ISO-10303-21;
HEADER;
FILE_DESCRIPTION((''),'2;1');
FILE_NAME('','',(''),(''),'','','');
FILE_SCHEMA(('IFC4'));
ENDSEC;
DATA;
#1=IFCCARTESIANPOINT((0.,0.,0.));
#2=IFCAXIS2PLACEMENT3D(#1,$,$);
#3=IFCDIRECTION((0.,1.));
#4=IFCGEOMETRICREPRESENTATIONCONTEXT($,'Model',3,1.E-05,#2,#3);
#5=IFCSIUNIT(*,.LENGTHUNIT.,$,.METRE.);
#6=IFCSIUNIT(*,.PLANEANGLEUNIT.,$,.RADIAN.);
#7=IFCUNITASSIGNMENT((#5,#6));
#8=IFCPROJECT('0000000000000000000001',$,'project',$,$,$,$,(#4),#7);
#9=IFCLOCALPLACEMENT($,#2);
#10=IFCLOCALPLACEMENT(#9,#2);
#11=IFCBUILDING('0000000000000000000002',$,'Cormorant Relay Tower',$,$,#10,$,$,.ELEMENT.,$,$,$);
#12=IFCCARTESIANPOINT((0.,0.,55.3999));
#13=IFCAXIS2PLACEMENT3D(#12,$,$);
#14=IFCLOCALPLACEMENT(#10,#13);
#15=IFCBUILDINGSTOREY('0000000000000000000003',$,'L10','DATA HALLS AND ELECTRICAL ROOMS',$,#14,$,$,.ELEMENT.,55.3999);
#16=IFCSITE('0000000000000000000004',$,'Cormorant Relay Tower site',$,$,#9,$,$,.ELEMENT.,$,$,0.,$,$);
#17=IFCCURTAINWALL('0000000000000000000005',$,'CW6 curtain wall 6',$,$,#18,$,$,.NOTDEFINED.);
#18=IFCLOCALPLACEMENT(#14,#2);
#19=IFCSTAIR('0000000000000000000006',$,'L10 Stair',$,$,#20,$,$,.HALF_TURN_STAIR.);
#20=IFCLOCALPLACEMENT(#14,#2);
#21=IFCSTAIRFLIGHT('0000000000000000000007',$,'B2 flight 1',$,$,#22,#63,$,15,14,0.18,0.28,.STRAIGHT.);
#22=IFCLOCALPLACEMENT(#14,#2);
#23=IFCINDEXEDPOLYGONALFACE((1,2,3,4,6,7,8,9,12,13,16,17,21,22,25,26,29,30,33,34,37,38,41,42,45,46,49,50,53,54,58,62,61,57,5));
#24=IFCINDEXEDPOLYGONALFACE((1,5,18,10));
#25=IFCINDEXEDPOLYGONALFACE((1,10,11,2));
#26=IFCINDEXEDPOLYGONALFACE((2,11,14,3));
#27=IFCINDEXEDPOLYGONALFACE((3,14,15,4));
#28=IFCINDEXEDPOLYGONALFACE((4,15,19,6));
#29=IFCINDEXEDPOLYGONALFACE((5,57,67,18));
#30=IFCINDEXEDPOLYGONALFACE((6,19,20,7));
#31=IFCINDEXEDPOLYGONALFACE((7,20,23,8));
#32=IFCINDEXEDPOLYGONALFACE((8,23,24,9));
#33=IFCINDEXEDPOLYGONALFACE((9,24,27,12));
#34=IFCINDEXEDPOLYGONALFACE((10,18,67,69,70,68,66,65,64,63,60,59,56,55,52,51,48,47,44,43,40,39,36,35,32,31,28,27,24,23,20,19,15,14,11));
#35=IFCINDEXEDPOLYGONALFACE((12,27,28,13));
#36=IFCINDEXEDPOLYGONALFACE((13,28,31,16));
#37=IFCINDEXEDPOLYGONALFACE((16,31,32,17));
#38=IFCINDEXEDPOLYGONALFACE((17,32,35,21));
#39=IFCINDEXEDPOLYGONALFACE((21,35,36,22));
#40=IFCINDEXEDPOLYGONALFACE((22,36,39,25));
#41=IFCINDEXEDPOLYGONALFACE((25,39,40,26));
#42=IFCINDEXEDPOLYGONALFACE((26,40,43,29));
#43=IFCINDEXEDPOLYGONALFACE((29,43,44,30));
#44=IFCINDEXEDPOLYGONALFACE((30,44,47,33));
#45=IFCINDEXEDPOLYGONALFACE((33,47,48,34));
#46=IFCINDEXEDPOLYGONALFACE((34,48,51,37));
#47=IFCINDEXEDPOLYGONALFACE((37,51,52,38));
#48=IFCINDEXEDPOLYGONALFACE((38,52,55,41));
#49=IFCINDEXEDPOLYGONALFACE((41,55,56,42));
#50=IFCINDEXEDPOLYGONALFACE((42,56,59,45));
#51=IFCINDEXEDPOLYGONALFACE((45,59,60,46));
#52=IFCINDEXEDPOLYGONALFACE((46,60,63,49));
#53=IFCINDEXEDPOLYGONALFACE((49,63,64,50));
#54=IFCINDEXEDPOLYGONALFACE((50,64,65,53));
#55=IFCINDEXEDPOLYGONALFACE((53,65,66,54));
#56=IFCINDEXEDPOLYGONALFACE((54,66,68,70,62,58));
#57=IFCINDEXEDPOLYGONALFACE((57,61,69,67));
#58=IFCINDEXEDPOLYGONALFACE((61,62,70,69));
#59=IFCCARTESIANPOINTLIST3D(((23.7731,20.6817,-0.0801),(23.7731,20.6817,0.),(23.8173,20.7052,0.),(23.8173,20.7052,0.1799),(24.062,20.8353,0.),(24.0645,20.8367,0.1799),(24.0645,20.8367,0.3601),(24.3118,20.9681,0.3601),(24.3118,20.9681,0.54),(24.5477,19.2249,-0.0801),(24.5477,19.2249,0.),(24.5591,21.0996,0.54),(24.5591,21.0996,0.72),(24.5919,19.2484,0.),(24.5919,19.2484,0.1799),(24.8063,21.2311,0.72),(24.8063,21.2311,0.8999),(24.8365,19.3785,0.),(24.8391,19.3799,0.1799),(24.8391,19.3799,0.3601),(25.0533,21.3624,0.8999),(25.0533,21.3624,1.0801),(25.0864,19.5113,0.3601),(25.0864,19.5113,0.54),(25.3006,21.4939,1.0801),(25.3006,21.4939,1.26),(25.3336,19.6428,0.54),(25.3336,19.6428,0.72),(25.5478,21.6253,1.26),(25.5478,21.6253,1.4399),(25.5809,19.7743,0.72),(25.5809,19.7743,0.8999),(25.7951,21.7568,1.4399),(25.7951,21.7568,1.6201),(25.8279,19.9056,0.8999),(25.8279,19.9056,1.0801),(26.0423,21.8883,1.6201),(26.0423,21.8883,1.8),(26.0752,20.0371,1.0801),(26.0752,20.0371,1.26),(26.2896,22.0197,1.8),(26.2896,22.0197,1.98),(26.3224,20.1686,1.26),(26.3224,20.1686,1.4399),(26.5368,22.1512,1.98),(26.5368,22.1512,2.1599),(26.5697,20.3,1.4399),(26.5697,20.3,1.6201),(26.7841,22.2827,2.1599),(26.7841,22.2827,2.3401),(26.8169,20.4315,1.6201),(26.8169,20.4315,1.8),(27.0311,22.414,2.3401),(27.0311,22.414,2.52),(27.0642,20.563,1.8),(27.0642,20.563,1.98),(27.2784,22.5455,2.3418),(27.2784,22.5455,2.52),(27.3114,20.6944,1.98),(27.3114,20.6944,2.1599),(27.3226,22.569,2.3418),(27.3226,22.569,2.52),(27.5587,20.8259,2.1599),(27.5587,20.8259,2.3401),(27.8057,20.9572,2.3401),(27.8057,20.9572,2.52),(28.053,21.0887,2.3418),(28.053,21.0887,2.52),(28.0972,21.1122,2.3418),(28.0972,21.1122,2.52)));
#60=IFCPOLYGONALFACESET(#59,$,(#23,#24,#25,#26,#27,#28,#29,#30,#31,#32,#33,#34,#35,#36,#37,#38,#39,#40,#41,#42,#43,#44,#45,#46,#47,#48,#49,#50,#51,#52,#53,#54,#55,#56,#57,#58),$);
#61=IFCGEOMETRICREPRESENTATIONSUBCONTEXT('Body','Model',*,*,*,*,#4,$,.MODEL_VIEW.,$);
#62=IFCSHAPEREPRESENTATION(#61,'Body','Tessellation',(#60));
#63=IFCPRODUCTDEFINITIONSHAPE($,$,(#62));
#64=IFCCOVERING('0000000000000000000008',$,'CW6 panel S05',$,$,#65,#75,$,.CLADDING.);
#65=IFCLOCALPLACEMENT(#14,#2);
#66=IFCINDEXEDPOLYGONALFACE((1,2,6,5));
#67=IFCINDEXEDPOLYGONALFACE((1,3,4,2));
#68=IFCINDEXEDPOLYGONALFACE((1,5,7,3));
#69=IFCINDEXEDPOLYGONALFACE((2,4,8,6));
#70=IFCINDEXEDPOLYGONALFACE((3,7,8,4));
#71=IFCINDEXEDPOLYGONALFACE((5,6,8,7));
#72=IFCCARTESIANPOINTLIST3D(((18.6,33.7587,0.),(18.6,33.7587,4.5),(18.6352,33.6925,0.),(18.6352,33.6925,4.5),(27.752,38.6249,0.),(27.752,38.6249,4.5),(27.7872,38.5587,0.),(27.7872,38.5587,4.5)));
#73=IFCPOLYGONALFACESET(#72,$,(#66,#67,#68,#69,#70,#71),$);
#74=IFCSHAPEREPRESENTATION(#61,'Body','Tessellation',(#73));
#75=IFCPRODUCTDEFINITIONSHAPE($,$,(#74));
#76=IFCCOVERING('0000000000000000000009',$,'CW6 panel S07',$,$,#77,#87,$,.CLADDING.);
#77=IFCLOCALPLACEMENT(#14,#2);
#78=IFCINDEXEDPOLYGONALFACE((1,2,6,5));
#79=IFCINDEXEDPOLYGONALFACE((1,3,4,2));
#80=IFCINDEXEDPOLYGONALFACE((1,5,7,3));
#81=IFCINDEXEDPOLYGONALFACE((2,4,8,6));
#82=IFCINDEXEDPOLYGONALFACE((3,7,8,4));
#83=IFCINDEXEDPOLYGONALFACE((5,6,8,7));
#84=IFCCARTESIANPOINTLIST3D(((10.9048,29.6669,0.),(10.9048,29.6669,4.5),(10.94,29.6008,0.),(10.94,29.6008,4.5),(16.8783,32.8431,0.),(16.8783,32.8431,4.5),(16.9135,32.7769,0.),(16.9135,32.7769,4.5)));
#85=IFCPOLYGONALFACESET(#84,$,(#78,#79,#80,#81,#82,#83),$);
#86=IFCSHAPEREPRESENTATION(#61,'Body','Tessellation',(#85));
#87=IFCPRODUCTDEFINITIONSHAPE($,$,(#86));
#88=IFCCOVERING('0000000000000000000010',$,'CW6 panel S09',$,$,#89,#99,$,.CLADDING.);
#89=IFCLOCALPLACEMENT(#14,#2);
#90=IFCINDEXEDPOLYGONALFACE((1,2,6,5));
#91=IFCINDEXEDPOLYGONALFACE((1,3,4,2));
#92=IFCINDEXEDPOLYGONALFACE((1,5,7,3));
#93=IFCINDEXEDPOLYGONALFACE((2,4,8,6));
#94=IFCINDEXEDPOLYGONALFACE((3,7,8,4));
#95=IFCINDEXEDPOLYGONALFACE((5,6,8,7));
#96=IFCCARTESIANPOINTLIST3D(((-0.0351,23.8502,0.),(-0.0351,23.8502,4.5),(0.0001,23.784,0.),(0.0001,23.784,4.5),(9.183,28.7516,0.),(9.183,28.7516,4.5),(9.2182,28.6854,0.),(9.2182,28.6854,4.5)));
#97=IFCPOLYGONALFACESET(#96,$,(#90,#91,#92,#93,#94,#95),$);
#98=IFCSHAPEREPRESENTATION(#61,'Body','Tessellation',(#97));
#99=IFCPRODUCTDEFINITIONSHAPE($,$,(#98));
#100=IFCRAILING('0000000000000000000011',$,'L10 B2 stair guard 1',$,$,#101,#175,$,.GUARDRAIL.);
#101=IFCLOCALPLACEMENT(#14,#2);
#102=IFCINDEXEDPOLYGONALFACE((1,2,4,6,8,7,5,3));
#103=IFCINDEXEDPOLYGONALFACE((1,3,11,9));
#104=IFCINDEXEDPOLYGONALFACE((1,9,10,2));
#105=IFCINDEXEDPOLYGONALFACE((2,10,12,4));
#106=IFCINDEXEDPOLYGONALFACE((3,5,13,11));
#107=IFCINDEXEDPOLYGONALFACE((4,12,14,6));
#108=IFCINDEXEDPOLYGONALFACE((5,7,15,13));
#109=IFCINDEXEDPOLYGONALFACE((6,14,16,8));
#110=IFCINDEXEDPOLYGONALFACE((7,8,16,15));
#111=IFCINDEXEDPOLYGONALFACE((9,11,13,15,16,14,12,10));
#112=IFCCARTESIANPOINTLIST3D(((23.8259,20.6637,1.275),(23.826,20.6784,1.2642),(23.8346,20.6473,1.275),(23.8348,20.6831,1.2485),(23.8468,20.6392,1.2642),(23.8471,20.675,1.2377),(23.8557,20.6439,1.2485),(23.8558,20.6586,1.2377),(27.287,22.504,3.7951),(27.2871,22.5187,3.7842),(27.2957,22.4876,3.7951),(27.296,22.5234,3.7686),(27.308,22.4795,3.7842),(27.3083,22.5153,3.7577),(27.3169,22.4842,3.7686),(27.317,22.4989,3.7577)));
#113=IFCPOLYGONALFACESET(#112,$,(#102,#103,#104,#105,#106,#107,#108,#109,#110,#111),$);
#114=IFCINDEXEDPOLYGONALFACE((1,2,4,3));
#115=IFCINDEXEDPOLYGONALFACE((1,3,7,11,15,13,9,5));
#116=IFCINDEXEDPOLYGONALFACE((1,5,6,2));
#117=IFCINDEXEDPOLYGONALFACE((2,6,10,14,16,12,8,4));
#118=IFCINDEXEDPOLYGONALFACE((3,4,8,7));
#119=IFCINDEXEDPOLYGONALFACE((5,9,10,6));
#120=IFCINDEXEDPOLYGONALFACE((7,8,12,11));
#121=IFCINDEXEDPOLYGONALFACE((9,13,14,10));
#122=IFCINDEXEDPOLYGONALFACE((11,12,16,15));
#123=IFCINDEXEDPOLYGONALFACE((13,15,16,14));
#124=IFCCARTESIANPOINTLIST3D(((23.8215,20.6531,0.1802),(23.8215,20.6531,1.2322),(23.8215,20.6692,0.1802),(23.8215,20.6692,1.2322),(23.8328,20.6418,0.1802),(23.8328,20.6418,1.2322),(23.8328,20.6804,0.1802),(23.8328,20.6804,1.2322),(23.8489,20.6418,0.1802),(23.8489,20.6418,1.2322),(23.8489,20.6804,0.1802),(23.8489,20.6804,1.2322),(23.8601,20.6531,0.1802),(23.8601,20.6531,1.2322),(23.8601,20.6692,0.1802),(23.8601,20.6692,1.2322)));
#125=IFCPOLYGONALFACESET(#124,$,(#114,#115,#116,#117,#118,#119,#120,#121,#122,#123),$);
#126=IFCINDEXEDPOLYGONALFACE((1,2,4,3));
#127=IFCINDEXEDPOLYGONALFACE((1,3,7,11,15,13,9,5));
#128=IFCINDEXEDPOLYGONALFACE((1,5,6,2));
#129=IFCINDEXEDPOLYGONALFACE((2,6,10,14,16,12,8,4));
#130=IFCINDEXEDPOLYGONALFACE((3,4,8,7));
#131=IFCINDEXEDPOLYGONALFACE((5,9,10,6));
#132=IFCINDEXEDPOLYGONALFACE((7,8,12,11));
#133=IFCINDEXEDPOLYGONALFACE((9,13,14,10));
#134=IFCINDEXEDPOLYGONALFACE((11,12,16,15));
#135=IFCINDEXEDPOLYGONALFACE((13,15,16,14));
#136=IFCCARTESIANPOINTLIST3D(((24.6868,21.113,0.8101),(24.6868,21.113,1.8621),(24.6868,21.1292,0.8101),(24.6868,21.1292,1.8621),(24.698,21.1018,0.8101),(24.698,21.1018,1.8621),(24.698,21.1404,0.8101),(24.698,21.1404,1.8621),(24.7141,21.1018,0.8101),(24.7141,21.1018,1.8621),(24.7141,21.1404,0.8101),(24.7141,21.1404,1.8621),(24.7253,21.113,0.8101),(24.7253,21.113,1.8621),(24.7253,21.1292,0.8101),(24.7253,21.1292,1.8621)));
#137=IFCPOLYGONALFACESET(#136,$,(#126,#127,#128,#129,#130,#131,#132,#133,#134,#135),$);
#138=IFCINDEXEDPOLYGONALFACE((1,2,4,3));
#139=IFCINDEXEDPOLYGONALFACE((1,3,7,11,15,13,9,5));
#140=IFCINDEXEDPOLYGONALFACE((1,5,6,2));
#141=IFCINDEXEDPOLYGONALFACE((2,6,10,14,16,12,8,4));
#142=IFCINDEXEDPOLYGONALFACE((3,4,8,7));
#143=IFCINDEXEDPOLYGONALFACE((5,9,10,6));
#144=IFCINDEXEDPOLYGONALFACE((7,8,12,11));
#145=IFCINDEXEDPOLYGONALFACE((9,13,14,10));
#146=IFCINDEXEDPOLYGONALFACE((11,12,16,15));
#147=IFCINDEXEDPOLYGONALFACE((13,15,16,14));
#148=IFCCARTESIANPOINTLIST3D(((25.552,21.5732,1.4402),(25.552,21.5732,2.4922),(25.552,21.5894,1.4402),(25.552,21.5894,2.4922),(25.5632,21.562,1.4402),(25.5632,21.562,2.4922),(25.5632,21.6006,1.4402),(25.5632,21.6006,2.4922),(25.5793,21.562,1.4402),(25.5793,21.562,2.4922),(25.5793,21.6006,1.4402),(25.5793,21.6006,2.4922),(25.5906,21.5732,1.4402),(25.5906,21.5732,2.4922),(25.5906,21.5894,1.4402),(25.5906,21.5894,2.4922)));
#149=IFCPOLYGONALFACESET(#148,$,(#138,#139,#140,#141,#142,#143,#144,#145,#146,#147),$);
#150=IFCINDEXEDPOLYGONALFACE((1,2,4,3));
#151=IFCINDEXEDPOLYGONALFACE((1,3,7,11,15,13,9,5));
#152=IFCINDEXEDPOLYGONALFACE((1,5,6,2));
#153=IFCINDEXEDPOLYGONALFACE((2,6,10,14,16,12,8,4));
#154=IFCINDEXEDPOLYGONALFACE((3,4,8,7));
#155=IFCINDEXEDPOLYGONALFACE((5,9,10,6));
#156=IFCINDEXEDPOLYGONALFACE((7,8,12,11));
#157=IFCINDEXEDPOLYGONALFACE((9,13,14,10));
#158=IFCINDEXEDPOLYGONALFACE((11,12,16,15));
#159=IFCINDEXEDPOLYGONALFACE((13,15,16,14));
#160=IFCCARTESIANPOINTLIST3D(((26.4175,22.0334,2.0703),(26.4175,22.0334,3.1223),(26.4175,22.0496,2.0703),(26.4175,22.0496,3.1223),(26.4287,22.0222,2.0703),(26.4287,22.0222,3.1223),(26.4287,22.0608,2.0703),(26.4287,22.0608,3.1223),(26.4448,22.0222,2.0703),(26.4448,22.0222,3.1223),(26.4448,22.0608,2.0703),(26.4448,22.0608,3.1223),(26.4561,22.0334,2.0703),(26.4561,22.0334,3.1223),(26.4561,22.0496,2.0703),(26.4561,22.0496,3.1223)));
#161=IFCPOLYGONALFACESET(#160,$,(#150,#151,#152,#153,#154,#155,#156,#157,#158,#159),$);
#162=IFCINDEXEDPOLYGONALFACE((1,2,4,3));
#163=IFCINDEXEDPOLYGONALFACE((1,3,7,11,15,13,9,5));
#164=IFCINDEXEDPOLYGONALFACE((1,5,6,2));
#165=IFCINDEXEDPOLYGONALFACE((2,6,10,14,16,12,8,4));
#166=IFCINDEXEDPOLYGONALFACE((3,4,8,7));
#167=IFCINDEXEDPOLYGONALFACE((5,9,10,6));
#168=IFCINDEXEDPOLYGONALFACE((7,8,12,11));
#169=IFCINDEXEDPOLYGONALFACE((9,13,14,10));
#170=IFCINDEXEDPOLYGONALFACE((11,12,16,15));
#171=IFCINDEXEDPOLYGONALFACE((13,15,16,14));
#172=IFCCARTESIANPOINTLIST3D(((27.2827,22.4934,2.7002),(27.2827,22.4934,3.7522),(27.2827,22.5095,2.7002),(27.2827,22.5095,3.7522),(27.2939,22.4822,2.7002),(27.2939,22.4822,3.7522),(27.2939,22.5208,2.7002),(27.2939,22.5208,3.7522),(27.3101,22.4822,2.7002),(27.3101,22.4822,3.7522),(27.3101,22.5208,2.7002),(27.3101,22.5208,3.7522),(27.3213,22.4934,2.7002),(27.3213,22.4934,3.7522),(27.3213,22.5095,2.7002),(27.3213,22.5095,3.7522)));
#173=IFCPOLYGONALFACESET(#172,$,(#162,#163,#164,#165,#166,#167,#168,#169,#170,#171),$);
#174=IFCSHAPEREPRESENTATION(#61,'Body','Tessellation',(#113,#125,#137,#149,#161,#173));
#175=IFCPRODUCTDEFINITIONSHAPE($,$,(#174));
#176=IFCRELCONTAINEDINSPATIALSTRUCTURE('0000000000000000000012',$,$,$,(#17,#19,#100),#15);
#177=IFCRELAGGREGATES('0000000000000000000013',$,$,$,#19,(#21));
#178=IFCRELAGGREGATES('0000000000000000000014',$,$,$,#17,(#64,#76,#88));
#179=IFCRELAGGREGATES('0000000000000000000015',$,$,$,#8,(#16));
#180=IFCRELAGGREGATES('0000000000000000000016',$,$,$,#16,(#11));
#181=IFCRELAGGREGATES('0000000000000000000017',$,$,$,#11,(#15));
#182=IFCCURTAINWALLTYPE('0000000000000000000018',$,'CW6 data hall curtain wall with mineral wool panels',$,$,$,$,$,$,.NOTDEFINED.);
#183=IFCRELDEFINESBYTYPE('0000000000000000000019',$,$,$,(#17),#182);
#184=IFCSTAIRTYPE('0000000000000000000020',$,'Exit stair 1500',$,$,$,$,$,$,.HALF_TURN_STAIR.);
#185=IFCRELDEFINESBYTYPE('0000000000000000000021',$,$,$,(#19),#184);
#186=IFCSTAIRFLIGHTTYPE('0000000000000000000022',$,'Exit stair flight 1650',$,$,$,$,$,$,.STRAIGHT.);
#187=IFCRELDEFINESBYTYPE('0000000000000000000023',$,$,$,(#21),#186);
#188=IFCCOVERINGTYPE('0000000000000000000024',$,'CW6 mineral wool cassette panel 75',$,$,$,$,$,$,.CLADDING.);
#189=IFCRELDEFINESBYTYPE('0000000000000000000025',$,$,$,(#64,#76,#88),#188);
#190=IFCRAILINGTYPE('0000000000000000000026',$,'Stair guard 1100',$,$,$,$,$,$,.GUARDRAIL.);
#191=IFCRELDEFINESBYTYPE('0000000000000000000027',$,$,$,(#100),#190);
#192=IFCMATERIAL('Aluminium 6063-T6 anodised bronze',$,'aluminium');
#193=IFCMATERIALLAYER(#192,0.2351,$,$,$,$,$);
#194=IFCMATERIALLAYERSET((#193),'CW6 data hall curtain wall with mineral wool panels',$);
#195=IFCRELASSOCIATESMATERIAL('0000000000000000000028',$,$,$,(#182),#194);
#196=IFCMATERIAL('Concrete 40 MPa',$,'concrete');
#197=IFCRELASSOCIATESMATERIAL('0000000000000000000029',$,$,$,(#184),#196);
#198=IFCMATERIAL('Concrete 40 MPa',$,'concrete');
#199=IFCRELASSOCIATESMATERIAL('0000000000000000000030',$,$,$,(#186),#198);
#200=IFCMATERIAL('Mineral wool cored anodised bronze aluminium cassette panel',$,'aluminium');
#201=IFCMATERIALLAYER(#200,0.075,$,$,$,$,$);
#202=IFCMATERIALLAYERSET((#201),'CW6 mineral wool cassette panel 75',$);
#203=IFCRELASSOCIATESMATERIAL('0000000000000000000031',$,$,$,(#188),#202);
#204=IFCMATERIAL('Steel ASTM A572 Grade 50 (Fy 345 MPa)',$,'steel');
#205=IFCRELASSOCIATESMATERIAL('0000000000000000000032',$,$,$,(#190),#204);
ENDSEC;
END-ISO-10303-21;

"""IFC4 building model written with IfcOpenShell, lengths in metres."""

from ifc_helpers import new_model, si_unit, direction, frame, origin, origin_2d, place, context, subcontext, project, spatial, polyline, rectangle, outline, extrude, material, layer, layer_set, type_object, element, aggregate, save


model = new_model("IFC4")

# Units and contexts
model_context = context("Model", 3, precision=1e-05, world=origin(), true_north=direction((0.0, 1.0)))
body_context = subcontext(model_context, "Body", "Model", "MODEL_VIEW")
ifc_project = project(units=[si_unit("LENGTHUNIT", "METRE"), si_unit("PLANEANGLEUNIT", "RADIAN")], contexts=[model_context])

# Site, building, storey
site_placement = place(None, origin())
site = spatial("IfcSite", under=ifc_project, at=site_placement, Name="Cormorant Relay Tower site", CompositionType="ELEMENT", RefElevation=0.0)
building_placement = place(site_placement, origin())
building = spatial("IfcBuilding", under=site, at=building_placement, Name="Cormorant Relay Tower", CompositionType="ELEMENT")
storey_placement = place(building_placement, frame((0.0, 0.0, 55.3999)))
storey = spatial("IfcBuildingStorey", under=building, at=storey_placement, Name="L10", Description="DATA HALLS AND ELECTRICAL ROOMS", CompositionType="ELEMENT", Elevation=55.3999)

# Curtain wall
ifc_material_1 = material(Name="Aluminium 6063-T6 anodised bronze", Category="aluminium")
ifc_layer_1 = layer(ifc_material_1, 0.2351)
ifc_layer_set_1 = layer_set([ifc_layer_1], Name="CW6 data hall curtain wall with mineral wool panels")
curtain_wall_type = type_object("IfcCurtainWallType", Name="CW6 data hall curtain wall with mineral wool panels", PredefinedType="NOTDEFINED", material=ifc_layer_set_1)
curtain_wall_1_placement = place(storey_placement, origin())
curtain_wall_1 = element("IfcCurtainWall", 1, at=curtain_wall_1_placement, inside=storey, type_object=curtain_wall_type, Name="CW6 curtain wall 6", PredefinedType="NOTDEFINED")

# Stair, stair flight
ifc_material_2 = material(Name="Concrete 40 MPa", Category="concrete")
stair_type = type_object("IfcStairType", Name="Exit stair 1500", PredefinedType="HALF_TURN_STAIR", material=ifc_material_2)
stair_placement = place(storey_placement, origin())
stair = element("IfcStair", 2, at=stair_placement, inside=storey, type_object=stair_type, Name="L10 Stair", PredefinedType="HALF_TURN_STAIR")
ifc_material_3 = material(Name="Concrete 40 MPa", Category="concrete")
stair_flight_type = type_object("IfcStairFlightType", Name="Exit stair flight 1650", PredefinedType="STRAIGHT", material=ifc_material_3)
stair_flight_placement = place(storey_placement, frame((24.2046, 19.9768, 0.0), z_axis=(0.0, 0.0, 1.0), x_axis=(0.882948, 0.469472, 0.0)))
stair_flight = element("IfcStairFlight", 3, at=stair_flight_placement, type_object=stair_flight_type, Name="B2 flight 1", NumberOfRisers=15, NumberOfTreads=14, PredefinedType="STRAIGHT", RiserHeight=0.18, TreadLength=0.28, context=body_context, shape_type="SweptSolid", body=[
    extrude(outline(polyline([(-0.05, -0.0801), (-0.05, 0.0), (0.0, 0.0), (0.0, 0.1799), (0.28, 0.1799), (0.28, 0.3601), (0.5601, 0.3601), (0.5601, 0.54), (0.8401, 0.54), (0.8401, 0.72), (1.1201, 0.72), (1.1201, 0.8999), (1.3999, 0.8999), (1.3999, 1.0801), (1.6799, 1.0801), (1.6799, 1.26), (1.96, 1.26), (1.96, 1.4399), (2.24, 1.4399), (2.24, 1.6201), (2.52, 1.6201), (2.52, 1.8), (2.8, 1.8), (2.8, 1.98), (3.0801, 1.98), (3.0801, 2.1599), (3.3601, 2.1599), (3.3601, 2.3401), (3.6399, 2.3401), (3.6399, 2.52), (3.9199, 2.52), (3.97, 2.52), (3.97, 2.3418), (3.9199, 2.3418), (0.2771, 0.0), (-0.05, -0.0801)])), frame((0.0, 0.825, 0.0), z_axis=(0.0, -1.0, 0.0), x_axis=(1.0, 0.0, 0.0)), (0.0, 0.0, 1.0), 1.6499),
])
aggregate(stair, [stair_flight])

# Coverings
ifc_material_4 = material(Name="Mineral wool cored anodised bronze aluminium cassette panel", Category="aluminium")
ifc_layer_2 = layer(ifc_material_4, 0.075)
ifc_layer_set_2 = layer_set([ifc_layer_2], Name="CW6 mineral wool cassette panel 75")
covering_type = type_object("IfcCoveringType", Name="CW6 mineral wool cassette panel 75", PredefinedType="CLADDING", material=ifc_layer_set_2)
covering_1_placement = place(storey_placement, frame((23.1936, 36.1587, 0.0), z_axis=(0.0, 0.0, 1.0), x_axis=(-0.882948, -0.469472, 0.0)))
covering_1 = element("IfcCovering", 4, at=covering_1_placement, type_object=covering_type, Name="CW6 panel S05", PredefinedType="CLADDING", context=body_context, shape_type="SweptSolid", body=[
    extrude(rectangle(XDim=10.3652, YDim=0.075, at=origin_2d()), origin(), (0.0, 0.0, 1.0), 4.5),
])
covering_2_placement = place(storey_placement, frame((13.9092, 31.2219, 0.0), z_axis=(0.0, 0.0, 1.0), x_axis=(-0.882948, -0.469472, 0.0)))
covering_2 = element("IfcCovering", 5, at=covering_2_placement, type_object=covering_type, Name="CW6 panel S07", PredefinedType="CLADDING", context=body_context, shape_type="SweptSolid", body=[
    extrude(rectangle(XDim=6.7654, YDim=0.075, at=origin_2d()), origin(), (0.0, 0.0, 1.0), 4.5),
])
covering_3_placement = place(storey_placement, frame((4.5916, 26.2678, 0.0), z_axis=(0.0, 0.0, 1.0), x_axis=(-0.882948, -0.469472, 0.0)))
covering_3 = element("IfcCovering", 6, at=covering_3_placement, type_object=covering_type, Name="CW6 panel S09", PredefinedType="CLADDING", context=body_context, shape_type="SweptSolid", body=[
    extrude(rectangle(XDim=10.4402, YDim=0.075, at=origin_2d()), origin(), (0.0, 0.0, 1.0), 4.5),
])
aggregate(curtain_wall_1, [covering_1, covering_2, covering_3])

# Railing
ifc_material_5 = material(Name="Steel ASTM A572 Grade 50 (Fy 345 MPa)", Category="steel")
railing_type_1 = type_object("IfcRailingType", Name="Stair guard 1100", PredefinedType="GUARDRAIL", material=ifc_material_5)
railing_1_placement = place(storey_placement, frame((23.8408, 20.6611, 0.1802)))
element("IfcRailing", 7, at=railing_1_placement, inside=storey, type_object=railing_type_1, Name="L10 B2 stair guard 1", PredefinedType="GUARDRAIL", context=body_context, shape_type="SweptSolid", body=[
    extrude(outline(polyline([(0.0222, 0.0093), (0.0093, 0.0222), (-0.0093, 0.0222), (-0.0222, 0.0093), (-0.0222, -0.0093), (-0.0093, -0.0222), (0.0093, -0.0222), (0.0222, -0.0093), (0.0222, 0.0093)])), frame((0.0, 0.0, 1.0762), z_axis=(0.742717, 0.394907, 0.540758), x_axis=(-0.469469, 0.882949, 0.0)), (0.0, 0.0, 1.0), 4.6602),
    extrude(outline(polyline([(0.0193, 0.0081), (0.0081, 0.0193), (-0.0081, 0.0193), (-0.0193, 0.0081), (-0.0193, -0.0081), (-0.0081, -0.0193), (0.0081, -0.0193), (0.0193, -0.0081), (0.0193, 0.0081)])), origin(), (0.0, 0.0, 1.0), 1.052),
    extrude(outline(polyline([(0.0193, 0.0081), (0.0081, 0.0193), (-0.0081, 0.0193), (-0.0193, 0.0081), (-0.0193, -0.0081), (-0.0081, -0.0193), (0.0081, -0.0193), (0.0193, -0.0081), (0.0193, 0.0081)])), frame((0.8652, 0.46, 0.6299)), (0.0, 0.0, 1.0), 1.052),
    extrude(outline(polyline([(0.0193, 0.0081), (0.0081, 0.0193), (-0.0081, 0.0193), (-0.0193, 0.0081), (-0.0193, -0.0081), (-0.0081, -0.0193), (0.0081, -0.0193), (0.0193, -0.0081), (0.0193, 0.0081)])), frame((1.7305, 0.9202, 1.26)), (0.0, 0.0, 1.0), 1.052),
    extrude(outline(polyline([(0.0193, 0.0081), (0.0081, 0.0193), (-0.0081, 0.0193), (-0.0193, 0.0081), (-0.0193, -0.0081), (-0.0081, -0.0193), (0.0081, -0.0193), (0.0193, -0.0081), (0.0193, 0.0081)])), frame((2.5959, 1.3804, 1.8901)), (0.0, 0.0, 1.0), 1.052),
    extrude(outline(polyline([(0.0193, 0.0081), (0.0081, 0.0193), (-0.0081, 0.0193), (-0.0193, 0.0081), (-0.0193, -0.0081), (-0.0081, -0.0193), (0.0081, -0.0193), (0.0193, -0.0081), (0.0193, 0.0081)])), frame((3.4612, 1.8403, 2.52)), (0.0, 0.0, 1.0), 1.052),
])

save(model, "model.ifc")
